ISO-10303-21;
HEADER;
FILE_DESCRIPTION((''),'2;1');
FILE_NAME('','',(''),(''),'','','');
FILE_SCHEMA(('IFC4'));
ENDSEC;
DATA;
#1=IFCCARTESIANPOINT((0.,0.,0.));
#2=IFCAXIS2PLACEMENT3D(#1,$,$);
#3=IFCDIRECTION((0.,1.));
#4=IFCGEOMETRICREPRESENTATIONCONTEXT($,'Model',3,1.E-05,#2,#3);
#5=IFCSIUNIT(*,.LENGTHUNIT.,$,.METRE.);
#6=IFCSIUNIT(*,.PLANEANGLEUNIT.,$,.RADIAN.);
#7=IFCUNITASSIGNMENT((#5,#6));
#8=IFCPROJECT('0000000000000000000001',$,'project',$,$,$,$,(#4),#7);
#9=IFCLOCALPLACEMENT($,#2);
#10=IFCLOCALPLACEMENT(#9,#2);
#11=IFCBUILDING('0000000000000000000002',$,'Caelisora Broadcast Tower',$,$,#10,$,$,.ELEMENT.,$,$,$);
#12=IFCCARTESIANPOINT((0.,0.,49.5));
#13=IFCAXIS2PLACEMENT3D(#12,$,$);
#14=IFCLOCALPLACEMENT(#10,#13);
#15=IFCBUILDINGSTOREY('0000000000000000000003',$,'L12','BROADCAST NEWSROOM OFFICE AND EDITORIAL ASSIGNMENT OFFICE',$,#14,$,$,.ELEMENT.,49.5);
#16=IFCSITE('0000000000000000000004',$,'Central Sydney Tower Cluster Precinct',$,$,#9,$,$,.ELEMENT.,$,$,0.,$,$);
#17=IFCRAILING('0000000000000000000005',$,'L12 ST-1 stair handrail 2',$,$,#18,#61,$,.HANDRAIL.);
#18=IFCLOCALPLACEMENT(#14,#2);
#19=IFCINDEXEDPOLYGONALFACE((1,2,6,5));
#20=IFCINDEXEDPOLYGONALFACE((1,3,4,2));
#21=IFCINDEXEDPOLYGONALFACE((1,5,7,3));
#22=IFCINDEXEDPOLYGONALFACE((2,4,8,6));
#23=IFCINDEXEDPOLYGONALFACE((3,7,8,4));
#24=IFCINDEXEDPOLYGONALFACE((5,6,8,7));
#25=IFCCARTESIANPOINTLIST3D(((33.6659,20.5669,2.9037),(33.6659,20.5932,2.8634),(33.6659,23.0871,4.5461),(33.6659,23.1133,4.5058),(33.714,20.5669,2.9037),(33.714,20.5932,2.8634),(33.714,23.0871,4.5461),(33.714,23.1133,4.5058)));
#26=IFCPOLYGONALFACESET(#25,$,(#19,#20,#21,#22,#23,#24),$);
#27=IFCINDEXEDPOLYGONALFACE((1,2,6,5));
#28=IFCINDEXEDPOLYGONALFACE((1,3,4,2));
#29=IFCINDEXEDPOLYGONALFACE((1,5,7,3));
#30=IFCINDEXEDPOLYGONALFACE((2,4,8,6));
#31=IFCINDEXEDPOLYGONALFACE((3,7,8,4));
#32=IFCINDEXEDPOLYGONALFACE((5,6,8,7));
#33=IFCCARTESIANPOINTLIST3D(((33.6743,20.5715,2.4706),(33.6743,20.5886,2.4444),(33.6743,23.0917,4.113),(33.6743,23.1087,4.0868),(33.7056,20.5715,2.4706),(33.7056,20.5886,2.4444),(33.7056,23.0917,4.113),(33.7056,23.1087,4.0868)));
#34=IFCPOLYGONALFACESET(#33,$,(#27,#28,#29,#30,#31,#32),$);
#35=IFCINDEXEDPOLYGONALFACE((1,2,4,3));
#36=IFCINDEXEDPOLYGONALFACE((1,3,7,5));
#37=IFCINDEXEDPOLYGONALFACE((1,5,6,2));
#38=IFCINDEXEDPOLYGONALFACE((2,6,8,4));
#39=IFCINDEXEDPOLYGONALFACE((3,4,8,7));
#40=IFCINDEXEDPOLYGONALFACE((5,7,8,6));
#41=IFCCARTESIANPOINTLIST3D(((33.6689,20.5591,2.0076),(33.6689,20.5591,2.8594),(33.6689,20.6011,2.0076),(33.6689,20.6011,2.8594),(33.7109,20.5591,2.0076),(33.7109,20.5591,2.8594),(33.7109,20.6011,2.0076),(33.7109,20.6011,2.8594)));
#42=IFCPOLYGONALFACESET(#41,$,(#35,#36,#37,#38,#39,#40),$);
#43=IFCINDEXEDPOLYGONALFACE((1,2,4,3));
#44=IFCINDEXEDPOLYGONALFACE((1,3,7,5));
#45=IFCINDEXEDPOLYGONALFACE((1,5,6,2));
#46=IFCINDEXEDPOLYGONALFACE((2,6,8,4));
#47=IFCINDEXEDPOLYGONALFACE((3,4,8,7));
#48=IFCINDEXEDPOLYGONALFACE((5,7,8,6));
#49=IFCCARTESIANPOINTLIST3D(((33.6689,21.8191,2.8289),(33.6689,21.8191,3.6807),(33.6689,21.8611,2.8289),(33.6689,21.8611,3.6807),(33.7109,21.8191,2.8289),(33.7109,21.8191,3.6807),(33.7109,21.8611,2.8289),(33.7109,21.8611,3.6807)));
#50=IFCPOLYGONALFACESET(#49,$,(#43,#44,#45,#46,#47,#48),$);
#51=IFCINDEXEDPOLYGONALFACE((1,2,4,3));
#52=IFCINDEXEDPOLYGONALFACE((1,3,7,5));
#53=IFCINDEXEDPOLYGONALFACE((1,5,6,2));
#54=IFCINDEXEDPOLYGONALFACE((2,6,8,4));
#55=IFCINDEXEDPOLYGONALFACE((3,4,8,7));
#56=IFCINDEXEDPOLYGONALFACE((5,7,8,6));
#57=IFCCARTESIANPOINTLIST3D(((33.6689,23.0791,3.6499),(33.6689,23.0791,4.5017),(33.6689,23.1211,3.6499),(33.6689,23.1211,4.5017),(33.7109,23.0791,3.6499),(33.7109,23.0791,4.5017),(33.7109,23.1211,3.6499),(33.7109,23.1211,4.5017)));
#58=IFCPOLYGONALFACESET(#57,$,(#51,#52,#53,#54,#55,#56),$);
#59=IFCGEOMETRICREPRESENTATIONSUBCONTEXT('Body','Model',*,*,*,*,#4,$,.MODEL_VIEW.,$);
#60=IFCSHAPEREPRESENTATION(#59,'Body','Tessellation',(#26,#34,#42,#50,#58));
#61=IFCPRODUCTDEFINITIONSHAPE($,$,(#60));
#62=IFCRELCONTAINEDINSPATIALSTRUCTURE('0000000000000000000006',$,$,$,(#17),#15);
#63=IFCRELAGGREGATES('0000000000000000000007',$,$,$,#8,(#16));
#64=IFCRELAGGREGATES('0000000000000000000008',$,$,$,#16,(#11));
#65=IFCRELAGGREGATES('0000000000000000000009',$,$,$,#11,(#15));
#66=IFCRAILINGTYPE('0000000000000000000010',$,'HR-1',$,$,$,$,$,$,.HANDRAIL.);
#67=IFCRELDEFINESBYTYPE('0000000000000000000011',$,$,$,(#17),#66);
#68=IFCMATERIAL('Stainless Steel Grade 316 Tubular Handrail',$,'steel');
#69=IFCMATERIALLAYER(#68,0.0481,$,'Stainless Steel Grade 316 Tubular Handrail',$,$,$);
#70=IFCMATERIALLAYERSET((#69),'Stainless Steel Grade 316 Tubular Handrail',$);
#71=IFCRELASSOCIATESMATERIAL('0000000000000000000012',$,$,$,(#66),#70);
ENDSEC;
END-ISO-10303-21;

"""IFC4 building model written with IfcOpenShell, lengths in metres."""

from ifc_helpers import new_model, si_unit, direction, frame, origin, origin_2d, place, context, subcontext, project, spatial, rectangle, extrude, material, layer, layer_set, type_object, element, save


model = new_model("IFC4")

# Units and contexts
model_context = context("Model", 3, precision=1e-05, world=origin(), true_north=direction((0.0, 1.0)))
body_context = subcontext(model_context, "Body", "Model", "MODEL_VIEW")
ifc_project = project(units=[si_unit("LENGTHUNIT", "METRE"), si_unit("PLANEANGLEUNIT", "RADIAN")], contexts=[model_context])

# Site, building, storey
site_placement = place(None, origin())
site = spatial("IfcSite", under=ifc_project, at=site_placement, Name="Central Sydney Tower Cluster Precinct", CompositionType="ELEMENT", RefElevation=0.0)
building_placement = place(site_placement, origin())
building = spatial("IfcBuilding", under=site, at=building_placement, Name="Caelisora Broadcast Tower", CompositionType="ELEMENT")
storey_placement = place(building_placement, frame((0.0, 0.0, 49.5)))
storey = spatial("IfcBuildingStorey", under=building, at=storey_placement, Name="L12", Description="BROADCAST NEWSROOM OFFICE AND EDITORIAL ASSIGNMENT OFFICE", CompositionType="ELEMENT", Elevation=49.5)

# Railing
ifc_material_1 = material(Name="Stainless Steel Grade 316 Tubular Handrail", Category="steel")
ifc_layer_1 = layer(ifc_material_1, 0.0481, Name="Stainless Steel Grade 316 Tubular Handrail")
ifc_layer_set_1 = layer_set([ifc_layer_1], Name="Stainless Steel Grade 316 Tubular Handrail")
railing_type_1 = type_object("IfcRailingType", Name="HR-1", PredefinedType="HANDRAIL", material=ifc_layer_set_1)
railing_1_placement = place(storey_placement, frame((33.6899, 20.5801, 2.0076)))
element("IfcRailing", 1, at=railing_1_placement, inside=storey, type_object=railing_type_1, Name="L12 ST-1 stair handrail 2", PredefinedType="HANDRAIL", context=body_context, shape_type="SweptSolid", body=[
    extrude(rectangle(XDim=0.0481, YDim=0.0481, at=origin_2d()), frame((0.0, 0.0, 0.876), z_axis=(0.0, 0.837787, 0.545998), x_axis=(-1.0, 0.0, 0.0)), (0.0, 0.0, 1.0), 3.0081),
    extrude(rectangle(XDim=0.0312, YDim=0.0312, at=origin_2d()), frame((0.0, 0.0, 0.45), z_axis=(0.0, 0.837787, 0.545998), x_axis=(-1.0, 0.0, 0.0)), (0.0, 0.0, 1.0), 3.0081),
    extrude(rectangle(XDim=0.042, YDim=0.042, at=origin_2d()), origin(), (0.0, 0.0, 1.0), 0.8518),
    extrude(rectangle(XDim=0.042, YDim=0.042, at=origin_2d()), frame((0.0, 1.26, 0.8213)), (0.0, 0.0, 1.0), 0.8518),
    extrude(rectangle(XDim=0.042, YDim=0.042, at=origin_2d()), frame((0.0, 2.52, 1.6423)), (0.0, 0.0, 1.0), 0.8518),
])

save(model, "model.ifc")
